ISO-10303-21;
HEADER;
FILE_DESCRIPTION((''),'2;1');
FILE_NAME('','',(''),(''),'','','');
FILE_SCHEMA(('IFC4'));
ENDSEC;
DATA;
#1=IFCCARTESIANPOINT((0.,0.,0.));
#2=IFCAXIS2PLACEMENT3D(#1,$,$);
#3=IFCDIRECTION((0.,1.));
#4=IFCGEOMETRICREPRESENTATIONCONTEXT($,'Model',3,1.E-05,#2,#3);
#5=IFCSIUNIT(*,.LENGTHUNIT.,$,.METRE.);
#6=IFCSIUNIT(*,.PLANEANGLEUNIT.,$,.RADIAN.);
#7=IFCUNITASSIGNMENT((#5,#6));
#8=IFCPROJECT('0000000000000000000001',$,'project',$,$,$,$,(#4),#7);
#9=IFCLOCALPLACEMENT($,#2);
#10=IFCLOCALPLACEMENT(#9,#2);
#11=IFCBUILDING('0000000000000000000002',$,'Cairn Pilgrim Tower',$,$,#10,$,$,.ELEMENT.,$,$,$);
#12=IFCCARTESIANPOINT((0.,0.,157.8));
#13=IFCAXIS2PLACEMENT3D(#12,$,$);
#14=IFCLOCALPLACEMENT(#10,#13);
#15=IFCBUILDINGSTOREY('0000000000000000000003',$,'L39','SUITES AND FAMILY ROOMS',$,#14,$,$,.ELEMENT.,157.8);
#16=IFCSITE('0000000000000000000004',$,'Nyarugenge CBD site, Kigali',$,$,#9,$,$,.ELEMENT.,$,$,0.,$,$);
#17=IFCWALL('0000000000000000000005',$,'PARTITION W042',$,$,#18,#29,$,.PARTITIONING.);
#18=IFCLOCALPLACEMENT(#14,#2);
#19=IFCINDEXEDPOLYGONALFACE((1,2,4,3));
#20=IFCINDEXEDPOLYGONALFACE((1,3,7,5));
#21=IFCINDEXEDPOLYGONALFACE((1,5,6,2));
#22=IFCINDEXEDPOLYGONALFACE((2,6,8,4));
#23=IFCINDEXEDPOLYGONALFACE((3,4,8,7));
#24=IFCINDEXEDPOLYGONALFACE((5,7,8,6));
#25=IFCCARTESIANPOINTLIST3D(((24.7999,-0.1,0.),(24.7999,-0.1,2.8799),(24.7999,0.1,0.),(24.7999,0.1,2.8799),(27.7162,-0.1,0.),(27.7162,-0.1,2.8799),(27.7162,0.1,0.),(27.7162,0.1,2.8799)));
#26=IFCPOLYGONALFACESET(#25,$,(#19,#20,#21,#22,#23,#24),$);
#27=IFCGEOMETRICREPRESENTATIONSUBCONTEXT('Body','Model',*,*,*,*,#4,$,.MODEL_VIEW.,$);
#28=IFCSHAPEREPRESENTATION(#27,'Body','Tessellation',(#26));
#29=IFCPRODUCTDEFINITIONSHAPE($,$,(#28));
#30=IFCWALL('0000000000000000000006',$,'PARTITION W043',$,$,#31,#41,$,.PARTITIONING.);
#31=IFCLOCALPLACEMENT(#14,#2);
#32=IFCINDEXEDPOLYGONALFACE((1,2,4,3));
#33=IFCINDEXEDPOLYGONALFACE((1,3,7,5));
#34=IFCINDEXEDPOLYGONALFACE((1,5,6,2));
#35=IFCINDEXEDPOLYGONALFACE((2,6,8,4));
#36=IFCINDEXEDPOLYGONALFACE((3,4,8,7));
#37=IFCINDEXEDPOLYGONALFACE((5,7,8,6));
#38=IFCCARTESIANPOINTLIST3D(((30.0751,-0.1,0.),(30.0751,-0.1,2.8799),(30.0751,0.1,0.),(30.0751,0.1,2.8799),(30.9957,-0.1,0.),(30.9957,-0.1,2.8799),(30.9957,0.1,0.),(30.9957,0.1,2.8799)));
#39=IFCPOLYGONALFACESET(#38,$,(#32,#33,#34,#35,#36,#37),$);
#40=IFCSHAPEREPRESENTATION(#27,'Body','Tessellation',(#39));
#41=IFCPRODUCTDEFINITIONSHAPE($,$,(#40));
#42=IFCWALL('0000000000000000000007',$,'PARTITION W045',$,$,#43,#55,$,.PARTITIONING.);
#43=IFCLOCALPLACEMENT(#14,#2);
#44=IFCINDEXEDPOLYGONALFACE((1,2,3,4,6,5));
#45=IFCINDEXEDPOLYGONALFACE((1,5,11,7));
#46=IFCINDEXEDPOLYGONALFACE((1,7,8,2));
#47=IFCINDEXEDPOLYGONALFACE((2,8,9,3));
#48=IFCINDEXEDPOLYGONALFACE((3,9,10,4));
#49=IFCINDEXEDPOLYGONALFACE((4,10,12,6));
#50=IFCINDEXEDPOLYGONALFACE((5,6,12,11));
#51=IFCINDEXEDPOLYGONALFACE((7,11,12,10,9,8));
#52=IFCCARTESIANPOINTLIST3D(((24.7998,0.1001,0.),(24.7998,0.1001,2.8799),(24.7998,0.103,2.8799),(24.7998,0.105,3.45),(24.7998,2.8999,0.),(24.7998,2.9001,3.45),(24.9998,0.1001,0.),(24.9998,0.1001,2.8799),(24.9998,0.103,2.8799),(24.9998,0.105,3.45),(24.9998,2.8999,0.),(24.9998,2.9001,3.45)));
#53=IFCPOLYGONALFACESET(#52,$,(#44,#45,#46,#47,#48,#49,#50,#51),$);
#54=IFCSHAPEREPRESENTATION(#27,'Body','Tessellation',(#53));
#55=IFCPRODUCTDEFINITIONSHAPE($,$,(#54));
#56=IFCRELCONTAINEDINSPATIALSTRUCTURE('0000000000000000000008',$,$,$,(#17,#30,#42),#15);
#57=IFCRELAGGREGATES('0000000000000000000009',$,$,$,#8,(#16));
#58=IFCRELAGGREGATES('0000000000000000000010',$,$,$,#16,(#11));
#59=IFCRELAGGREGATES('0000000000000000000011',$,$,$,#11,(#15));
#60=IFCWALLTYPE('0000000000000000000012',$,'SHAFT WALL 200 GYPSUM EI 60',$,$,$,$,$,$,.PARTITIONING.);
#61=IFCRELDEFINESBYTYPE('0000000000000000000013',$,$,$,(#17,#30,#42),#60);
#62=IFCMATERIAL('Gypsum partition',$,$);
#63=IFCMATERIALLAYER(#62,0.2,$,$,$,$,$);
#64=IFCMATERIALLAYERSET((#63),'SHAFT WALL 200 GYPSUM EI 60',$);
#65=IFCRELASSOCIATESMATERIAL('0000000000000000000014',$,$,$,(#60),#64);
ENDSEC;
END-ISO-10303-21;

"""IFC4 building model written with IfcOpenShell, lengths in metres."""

from ifc_helpers import new_model, si_unit, direction, frame, frame_2d, origin, place, context, subcontext, project, spatial, polyline, rectangle, outline, extrude, material, layer, layer_set, type_object, element, save


model = new_model("IFC4")

# Units and contexts
model_context = context("Model", 3, precision=1e-05, world=origin(), true_north=direction((0.0, 1.0)))
body_context = subcontext(model_context, "Body", "Model", "MODEL_VIEW")
ifc_project = project(units=[si_unit("LENGTHUNIT", "METRE"), si_unit("PLANEANGLEUNIT", "RADIAN")], contexts=[model_context])

# Site, building, storey
site_placement = place(None, origin())
site = spatial("IfcSite", under=ifc_project, at=site_placement, Name="Nyarugenge CBD site, Kigali", CompositionType="ELEMENT", RefElevation=0.0)
building_placement = place(site_placement, origin())
building = spatial("IfcBuilding", under=site, at=building_placement, Name="Cairn Pilgrim Tower", CompositionType="ELEMENT")
storey_placement = place(building_placement, frame((0.0, 0.0, 157.8)))
storey = spatial("IfcBuildingStorey", under=building, at=storey_placement, Name="L39", Description="SUITES AND FAMILY ROOMS", CompositionType="ELEMENT", Elevation=157.8)

# Shared definitions
ifc_material_1 = material(Name="Gypsum partition")

# Walls
ifc_layer_1 = layer(ifc_material_1, 0.2)
ifc_layer_set_1 = layer_set([ifc_layer_1], Name="SHAFT WALL 200 GYPSUM EI 60")
wall_type_1 = type_object("IfcWallType", Name="SHAFT WALL 200 GYPSUM EI 60", PredefinedType="PARTITIONING", material=ifc_layer_set_1)
wall_1_placement = place(storey_placement, frame((24.8, 0.0, 0.0), z_axis=(0.0, 0.0, 1.0), x_axis=(1.0, 0.0, 0.0)))
element("IfcWall", 1, at=wall_1_placement, inside=storey, type_object=wall_type_1, Name="PARTITION W042", PredefinedType="PARTITIONING", context=body_context, shape_type="SweptSolid", body=[
    extrude(rectangle(XDim=2.9163, YDim=0.2, at=frame_2d((1.458, 0.0))), origin(), (0.0, 0.0, 1.0), 2.8799),
])
wall_2_placement = place(storey_placement, frame((30.075, 0.0, 0.0), z_axis=(0.0, 0.0, 1.0), x_axis=(1.0, 0.0, 0.0)))
element("IfcWall", 2, at=wall_2_placement, inside=storey, type_object=wall_type_1, Name="PARTITION W043", PredefinedType="PARTITIONING", context=body_context, shape_type="SweptSolid", body=[
    extrude(rectangle(XDim=0.9207, YDim=0.2, at=frame_2d((0.4604, 0.0))), origin(), (0.0, 0.0, 1.0), 2.8799),
])
wall_3_placement = place(storey_placement, frame((24.8999, 0.1001, 0.0), z_axis=(0.0, 0.0, 1.0), x_axis=(0.0, 1.0, 0.0)))
element("IfcWall", 3, at=wall_3_placement, inside=storey, type_object=wall_type_1, Name="PARTITION W045", PredefinedType="PARTITIONING", context=body_context, shape_type="SweptSolid", body=[
    extrude(outline(polyline([(0.0, 0.0), (2.7998, 0.0), (2.8, 3.45), (0.0049, 3.45), (0.0029, 2.8799), (0.0, 2.8799), (0.0, 0.0)])), frame((0.0, 0.1001, 0.0), z_axis=(0.0, -1.0, 0.0), x_axis=(1.0, 0.0, 0.0)), (0.0, 0.0, 1.0), 0.2),
])

save(model, "model.ifc")
